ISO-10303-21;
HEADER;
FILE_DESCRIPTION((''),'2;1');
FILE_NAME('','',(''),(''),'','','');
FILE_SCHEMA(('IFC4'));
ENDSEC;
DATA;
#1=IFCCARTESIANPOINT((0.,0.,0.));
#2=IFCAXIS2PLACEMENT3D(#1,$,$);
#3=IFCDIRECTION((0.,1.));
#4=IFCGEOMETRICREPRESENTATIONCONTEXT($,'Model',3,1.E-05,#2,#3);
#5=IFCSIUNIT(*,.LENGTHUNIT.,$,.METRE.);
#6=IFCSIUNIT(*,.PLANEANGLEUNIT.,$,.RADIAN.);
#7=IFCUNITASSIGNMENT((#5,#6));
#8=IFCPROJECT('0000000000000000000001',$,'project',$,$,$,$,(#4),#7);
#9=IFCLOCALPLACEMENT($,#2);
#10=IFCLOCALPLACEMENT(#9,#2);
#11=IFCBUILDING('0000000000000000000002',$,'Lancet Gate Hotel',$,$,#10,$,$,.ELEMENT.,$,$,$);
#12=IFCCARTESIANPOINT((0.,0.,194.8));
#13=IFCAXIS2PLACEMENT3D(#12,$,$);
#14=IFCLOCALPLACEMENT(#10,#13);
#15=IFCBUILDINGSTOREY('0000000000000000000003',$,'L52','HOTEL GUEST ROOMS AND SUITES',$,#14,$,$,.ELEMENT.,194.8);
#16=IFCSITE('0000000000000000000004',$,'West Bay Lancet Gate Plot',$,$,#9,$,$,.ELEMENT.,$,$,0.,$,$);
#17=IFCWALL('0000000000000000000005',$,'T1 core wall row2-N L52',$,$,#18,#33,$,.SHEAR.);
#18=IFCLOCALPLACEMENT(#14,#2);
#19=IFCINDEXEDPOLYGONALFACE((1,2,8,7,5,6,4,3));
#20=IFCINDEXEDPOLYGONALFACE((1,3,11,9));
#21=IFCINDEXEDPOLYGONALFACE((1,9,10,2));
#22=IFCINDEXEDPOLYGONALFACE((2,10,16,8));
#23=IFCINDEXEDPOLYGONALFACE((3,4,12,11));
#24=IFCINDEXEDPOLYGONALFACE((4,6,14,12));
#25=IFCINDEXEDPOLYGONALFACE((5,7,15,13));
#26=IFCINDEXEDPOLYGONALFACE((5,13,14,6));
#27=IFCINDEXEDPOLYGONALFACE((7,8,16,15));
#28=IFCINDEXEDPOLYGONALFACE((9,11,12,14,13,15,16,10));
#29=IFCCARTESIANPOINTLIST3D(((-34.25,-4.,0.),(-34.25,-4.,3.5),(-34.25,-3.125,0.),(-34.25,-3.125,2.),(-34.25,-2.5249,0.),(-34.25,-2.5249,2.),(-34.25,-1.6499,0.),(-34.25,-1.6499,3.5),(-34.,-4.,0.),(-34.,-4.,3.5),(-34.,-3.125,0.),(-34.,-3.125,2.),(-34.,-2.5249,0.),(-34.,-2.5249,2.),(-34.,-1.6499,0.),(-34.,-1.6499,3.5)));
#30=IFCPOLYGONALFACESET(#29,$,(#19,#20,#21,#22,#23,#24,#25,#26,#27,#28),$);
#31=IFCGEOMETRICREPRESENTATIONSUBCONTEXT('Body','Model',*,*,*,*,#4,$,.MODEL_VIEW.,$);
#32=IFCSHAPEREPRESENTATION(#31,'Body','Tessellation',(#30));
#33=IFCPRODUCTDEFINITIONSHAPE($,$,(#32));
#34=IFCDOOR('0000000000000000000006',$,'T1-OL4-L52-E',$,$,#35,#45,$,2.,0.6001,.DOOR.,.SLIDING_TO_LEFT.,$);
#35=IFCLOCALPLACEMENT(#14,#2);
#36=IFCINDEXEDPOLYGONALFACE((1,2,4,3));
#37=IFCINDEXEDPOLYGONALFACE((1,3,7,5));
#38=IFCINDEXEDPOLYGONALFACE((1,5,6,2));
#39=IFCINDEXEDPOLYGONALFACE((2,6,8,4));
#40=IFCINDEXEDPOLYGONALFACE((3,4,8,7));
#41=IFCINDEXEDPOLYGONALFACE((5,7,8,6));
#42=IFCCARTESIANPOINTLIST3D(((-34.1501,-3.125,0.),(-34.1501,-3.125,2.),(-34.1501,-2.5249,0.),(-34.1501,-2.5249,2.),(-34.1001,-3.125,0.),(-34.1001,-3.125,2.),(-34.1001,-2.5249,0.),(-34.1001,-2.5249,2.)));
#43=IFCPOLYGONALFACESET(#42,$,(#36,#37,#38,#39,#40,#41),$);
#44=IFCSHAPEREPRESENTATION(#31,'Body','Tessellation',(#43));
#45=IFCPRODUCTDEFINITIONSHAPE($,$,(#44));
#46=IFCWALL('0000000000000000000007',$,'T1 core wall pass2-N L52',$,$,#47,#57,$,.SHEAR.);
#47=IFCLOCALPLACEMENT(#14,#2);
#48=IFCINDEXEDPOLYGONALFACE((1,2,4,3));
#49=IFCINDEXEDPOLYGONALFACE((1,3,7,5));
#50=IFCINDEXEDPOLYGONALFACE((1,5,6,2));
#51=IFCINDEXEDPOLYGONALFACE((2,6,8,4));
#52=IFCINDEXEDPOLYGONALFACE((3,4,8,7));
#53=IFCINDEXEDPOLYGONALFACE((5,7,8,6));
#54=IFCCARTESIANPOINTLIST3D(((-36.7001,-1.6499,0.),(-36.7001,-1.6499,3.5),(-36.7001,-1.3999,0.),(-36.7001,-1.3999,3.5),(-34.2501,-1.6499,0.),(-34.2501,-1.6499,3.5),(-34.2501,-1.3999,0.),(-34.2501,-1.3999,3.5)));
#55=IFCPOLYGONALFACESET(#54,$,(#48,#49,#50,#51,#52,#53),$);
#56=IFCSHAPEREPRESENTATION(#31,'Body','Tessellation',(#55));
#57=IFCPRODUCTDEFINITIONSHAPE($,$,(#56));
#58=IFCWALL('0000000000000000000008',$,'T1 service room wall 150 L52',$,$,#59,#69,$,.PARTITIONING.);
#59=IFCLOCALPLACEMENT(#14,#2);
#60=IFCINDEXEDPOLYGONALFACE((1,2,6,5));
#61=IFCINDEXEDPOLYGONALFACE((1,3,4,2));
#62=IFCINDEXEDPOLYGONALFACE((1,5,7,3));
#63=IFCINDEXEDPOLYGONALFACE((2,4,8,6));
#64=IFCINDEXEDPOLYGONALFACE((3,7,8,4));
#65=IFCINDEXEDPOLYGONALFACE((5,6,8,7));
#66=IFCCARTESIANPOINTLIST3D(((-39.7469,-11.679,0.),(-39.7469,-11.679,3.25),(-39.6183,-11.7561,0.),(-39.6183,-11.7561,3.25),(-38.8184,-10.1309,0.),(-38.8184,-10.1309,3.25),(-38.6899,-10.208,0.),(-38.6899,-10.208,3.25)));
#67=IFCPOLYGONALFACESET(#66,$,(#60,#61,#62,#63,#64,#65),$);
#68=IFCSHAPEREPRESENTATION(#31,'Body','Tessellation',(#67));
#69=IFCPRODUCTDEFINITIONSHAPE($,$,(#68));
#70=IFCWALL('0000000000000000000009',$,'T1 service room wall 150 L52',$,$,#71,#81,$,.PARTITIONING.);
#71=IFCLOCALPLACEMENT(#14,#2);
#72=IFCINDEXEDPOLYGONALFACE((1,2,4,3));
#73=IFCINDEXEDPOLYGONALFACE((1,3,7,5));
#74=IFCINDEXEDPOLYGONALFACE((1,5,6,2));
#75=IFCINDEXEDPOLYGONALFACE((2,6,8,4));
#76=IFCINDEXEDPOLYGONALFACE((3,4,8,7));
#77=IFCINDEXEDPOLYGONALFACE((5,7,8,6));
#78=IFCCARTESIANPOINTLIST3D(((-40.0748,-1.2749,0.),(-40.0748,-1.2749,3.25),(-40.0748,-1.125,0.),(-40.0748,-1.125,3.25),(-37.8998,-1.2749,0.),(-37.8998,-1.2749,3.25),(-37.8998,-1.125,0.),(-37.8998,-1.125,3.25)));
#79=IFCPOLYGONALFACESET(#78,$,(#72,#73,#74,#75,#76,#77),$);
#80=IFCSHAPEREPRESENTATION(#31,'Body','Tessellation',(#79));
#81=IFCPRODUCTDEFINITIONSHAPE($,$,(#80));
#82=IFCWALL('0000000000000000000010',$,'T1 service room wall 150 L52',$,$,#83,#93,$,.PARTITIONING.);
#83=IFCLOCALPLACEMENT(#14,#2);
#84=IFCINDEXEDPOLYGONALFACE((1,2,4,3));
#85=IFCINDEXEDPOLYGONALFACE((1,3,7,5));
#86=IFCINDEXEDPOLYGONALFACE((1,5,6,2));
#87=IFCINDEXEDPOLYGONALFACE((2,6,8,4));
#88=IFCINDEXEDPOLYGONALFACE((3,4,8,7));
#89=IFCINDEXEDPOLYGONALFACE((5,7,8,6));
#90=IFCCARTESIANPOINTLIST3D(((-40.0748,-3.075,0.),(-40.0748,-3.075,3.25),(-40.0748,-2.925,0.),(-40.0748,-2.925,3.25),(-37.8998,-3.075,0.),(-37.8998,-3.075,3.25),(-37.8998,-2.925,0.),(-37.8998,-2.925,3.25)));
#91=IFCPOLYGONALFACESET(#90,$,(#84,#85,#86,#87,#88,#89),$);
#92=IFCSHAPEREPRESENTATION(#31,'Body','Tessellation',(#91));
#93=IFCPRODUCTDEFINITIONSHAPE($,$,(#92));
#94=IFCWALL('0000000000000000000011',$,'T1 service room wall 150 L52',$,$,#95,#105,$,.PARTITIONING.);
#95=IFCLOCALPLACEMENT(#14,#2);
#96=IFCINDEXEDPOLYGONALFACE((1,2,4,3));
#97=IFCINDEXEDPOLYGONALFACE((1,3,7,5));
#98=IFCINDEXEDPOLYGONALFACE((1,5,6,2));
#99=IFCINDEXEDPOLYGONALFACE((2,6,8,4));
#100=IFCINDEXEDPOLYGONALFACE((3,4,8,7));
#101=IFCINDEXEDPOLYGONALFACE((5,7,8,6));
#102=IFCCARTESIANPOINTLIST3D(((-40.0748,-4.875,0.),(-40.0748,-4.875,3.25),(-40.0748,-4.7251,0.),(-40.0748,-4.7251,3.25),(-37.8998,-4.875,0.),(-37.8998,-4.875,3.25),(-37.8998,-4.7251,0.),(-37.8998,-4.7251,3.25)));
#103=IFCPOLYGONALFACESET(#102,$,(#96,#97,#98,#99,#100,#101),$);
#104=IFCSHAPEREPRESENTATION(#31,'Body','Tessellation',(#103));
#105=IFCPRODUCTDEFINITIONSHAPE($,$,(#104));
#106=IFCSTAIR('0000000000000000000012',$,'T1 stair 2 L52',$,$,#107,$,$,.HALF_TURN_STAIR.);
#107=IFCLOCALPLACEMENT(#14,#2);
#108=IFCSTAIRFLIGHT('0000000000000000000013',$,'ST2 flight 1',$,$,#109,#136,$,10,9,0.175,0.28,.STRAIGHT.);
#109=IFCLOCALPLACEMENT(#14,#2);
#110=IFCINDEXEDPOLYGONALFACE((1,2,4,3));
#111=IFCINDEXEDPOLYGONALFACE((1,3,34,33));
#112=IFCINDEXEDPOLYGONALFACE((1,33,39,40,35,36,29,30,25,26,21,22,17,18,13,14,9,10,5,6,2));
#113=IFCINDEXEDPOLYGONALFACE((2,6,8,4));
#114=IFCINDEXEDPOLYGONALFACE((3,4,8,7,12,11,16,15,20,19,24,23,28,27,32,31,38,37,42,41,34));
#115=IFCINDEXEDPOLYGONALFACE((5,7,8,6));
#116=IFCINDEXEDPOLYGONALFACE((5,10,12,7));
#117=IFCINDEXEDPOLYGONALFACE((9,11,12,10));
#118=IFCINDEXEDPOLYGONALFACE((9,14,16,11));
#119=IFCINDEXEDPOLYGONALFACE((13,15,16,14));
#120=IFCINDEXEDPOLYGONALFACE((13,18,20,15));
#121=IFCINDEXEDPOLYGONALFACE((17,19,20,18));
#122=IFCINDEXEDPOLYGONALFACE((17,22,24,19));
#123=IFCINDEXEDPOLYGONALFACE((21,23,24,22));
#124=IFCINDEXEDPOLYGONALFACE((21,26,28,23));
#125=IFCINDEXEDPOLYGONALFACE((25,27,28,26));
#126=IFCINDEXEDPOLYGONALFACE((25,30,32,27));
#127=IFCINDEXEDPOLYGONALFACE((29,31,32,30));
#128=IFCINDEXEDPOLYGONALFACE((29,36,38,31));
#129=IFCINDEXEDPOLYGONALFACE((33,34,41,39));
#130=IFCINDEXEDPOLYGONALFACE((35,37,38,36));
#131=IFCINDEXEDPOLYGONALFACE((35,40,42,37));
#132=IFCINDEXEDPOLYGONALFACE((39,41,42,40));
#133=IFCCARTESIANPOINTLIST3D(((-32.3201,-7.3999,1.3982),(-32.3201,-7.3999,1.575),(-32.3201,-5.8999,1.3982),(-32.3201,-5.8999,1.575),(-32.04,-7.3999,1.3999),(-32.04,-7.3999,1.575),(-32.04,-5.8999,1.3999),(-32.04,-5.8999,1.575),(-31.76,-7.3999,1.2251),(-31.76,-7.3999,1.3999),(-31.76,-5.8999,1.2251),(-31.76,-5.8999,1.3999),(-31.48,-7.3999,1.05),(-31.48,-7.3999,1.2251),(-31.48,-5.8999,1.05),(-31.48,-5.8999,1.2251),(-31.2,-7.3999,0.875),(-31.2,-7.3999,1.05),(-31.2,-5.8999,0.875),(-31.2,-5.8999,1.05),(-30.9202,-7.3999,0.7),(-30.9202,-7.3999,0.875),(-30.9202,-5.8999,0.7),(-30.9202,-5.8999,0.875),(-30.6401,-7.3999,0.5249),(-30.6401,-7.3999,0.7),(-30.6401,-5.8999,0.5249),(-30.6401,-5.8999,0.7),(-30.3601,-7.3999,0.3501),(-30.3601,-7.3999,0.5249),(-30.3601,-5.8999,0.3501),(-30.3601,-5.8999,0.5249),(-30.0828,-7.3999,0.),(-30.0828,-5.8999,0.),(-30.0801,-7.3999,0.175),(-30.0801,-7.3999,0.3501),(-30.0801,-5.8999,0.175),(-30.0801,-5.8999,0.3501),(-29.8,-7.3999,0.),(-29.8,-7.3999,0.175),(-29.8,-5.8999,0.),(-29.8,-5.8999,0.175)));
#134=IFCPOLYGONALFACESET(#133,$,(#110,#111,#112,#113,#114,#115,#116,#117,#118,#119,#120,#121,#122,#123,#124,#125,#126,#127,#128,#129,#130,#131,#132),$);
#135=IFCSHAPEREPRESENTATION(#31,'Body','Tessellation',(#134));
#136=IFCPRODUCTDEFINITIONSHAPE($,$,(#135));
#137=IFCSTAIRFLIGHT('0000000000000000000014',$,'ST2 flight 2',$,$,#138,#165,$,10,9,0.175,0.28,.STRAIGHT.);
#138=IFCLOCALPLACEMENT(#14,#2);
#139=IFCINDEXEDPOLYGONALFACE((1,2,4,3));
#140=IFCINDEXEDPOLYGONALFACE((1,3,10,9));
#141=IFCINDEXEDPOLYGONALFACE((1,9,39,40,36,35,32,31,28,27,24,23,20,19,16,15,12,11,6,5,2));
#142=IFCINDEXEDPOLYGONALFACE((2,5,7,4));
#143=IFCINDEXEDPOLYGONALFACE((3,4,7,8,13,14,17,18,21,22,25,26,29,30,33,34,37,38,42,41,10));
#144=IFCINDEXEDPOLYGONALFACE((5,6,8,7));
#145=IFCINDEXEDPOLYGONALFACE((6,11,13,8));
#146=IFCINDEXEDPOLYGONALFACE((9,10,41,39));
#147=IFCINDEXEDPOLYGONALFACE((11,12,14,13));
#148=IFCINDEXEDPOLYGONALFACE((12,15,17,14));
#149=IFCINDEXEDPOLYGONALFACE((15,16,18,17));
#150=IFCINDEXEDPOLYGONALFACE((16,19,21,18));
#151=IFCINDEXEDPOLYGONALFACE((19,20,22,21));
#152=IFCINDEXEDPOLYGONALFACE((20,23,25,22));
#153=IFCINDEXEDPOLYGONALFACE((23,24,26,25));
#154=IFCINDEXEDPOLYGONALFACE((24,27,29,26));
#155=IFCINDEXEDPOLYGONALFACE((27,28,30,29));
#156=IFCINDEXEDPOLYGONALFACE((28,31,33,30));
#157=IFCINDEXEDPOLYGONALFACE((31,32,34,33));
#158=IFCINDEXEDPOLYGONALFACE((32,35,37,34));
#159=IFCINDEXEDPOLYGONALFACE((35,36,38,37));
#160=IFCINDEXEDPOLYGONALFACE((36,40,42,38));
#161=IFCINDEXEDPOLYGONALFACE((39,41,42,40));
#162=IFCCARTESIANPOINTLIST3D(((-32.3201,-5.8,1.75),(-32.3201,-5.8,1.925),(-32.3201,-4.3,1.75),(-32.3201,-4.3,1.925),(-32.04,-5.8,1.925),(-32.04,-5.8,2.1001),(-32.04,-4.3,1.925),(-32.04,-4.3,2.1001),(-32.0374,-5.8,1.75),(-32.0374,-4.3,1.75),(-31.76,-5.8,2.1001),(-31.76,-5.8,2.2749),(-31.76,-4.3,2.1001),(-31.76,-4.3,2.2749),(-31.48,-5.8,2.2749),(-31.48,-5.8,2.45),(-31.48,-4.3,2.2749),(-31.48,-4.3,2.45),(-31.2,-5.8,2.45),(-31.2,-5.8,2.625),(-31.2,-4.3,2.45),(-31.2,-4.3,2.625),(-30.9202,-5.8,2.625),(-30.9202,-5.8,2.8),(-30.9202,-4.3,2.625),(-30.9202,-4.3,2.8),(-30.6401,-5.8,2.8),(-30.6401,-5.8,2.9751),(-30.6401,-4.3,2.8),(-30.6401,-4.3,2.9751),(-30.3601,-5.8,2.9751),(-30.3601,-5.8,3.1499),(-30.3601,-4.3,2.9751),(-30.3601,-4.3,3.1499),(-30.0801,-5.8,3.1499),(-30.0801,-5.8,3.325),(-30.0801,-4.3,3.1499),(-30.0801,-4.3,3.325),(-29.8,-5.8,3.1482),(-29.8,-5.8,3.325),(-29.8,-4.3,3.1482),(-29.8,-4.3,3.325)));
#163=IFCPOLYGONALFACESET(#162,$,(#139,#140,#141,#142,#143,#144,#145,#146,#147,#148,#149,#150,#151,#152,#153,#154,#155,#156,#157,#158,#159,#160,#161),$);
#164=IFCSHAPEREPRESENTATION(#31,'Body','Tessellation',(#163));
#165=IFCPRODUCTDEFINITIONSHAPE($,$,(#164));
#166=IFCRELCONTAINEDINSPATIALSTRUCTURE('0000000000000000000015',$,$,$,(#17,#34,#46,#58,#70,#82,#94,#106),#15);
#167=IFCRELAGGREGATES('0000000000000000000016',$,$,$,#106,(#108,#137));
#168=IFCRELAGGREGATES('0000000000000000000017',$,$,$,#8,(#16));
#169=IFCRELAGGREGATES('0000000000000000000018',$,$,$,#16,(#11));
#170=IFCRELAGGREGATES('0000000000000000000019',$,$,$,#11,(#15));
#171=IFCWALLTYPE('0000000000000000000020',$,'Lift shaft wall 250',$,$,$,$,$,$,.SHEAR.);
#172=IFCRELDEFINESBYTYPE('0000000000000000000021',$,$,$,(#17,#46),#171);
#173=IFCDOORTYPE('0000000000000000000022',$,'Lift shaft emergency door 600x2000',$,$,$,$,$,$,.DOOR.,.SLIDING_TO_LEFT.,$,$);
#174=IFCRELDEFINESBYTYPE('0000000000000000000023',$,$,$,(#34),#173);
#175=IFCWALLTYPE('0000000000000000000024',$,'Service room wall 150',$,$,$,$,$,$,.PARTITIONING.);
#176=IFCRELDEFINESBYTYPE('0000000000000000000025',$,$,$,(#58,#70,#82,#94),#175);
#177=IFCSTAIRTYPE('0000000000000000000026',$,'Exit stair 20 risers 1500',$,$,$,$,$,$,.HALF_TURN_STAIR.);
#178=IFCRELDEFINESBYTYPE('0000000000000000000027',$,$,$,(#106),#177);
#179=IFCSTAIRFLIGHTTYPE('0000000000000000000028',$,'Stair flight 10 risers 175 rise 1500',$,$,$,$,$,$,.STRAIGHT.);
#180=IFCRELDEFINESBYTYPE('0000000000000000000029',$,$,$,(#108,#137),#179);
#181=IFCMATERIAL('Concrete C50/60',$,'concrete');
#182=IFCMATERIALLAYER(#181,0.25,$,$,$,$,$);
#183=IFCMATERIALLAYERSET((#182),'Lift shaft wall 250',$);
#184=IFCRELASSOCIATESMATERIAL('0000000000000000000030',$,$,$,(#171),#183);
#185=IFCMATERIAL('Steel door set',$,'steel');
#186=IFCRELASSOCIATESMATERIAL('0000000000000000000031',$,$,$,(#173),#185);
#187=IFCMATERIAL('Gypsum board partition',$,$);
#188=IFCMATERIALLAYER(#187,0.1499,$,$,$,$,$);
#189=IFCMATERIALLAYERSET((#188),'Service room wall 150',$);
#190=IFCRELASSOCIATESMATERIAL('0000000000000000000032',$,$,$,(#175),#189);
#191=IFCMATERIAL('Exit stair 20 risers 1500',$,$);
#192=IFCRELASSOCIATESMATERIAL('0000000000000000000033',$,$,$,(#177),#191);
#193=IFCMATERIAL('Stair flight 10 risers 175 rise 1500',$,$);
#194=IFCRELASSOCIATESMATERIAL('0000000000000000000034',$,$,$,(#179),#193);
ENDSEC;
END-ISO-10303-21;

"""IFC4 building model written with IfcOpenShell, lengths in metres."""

from ifc_helpers import new_model, si_unit, direction, frame, frame_2d, origin, place, context, subcontext, project, spatial, polyline, rectangle, outline, extrude, material, layer, layer_set, type_object, element, fill, aggregate, save


model = new_model("IFC4")

# Units and contexts
model_context = context("Model", 3, precision=1e-05, world=origin(), true_north=direction((0.0, 1.0)))
body_context = subcontext(model_context, "Body", "Model", "MODEL_VIEW")
ifc_project = project(units=[si_unit("LENGTHUNIT", "METRE"), si_unit("PLANEANGLEUNIT", "RADIAN")], contexts=[model_context])

# Site, building, storey
site_placement = place(None, origin())
site = spatial("IfcSite", under=ifc_project, at=site_placement, Name="West Bay Lancet Gate Plot", CompositionType="ELEMENT", RefElevation=0.0)
building_placement = place(site_placement, origin())
building = spatial("IfcBuilding", under=site, at=building_placement, Name="Lancet Gate Hotel", CompositionType="ELEMENT")
storey_placement = place(building_placement, frame((0.0, 0.0, 194.8)))
storey = spatial("IfcBuildingStorey", under=building, at=storey_placement, Name="L52", Description="HOTEL GUEST ROOMS AND SUITES", CompositionType="ELEMENT", Elevation=194.8)

# Wall, opening, door
ifc_material_1 = material(Name="Concrete C50/60", Category="concrete")
ifc_layer_1 = layer(ifc_material_1, 0.25)
ifc_layer_set_1 = layer_set([ifc_layer_1], Name="Lift shaft wall 250")
wall_type_1 = type_object("IfcWallType", Name="Lift shaft wall 250", PredefinedType="SHEAR", material=ifc_layer_set_1)
wall_1_placement = place(storey_placement, frame((-34.125, -1.6499, 0.0), z_axis=(0.0, 0.0, 1.0), x_axis=(0.0, -1.0, 0.0)))
wall_1 = element("IfcWall", 1, at=wall_1_placement, inside=storey, type_object=wall_type_1, Name="T1 core wall row2-N L52", PredefinedType="SHEAR", context=body_context, shape_type="SweptSolid", body=[
    extrude(rectangle(XDim=2.3501, YDim=0.25, at=frame_2d((1.175, 0.0))), origin(), (0.0, 0.0, 1.0), 3.5),
])
opening_1_placement = place(wall_1_placement, frame((0.875, 0.0, 0.0)))
opening_1 = element("IfcOpeningElement", 2, at=opening_1_placement, cuts=wall_1, PredefinedType="OPENING", context=body_context, shape_type="SweptSolid", body=[
    extrude(rectangle(XDim=0.6001, YDim=2.0, at=frame_2d((0.3, 1.0))), frame((0.0, 0.135, 0.0), z_axis=(0.0, -1.0, 0.0), x_axis=(1.0, 0.0, 0.0)), (0.0, 0.0, 1.0), 0.27),
])
ifc_material_2 = material(Name="Steel door set", Category="steel")
door_type_1 = type_object("IfcDoorType", Name="Lift shaft emergency door 600x2000", OperationType="SLIDING_TO_LEFT", PredefinedType="DOOR", material=ifc_material_2)
door_1_placement = place(opening_1_placement, origin())
door_1 = element("IfcDoor", 3, at=door_1_placement, inside=storey, type_object=door_type_1, Name="T1-OL4-L52-E", OperationType="SLIDING_TO_LEFT", OverallHeight=2.0, OverallWidth=0.6001, PredefinedType="DOOR", context=body_context, shape_type="SweptSolid", body=[
    extrude(rectangle(XDim=0.6001, YDim=2.0, at=frame_2d((0.3, 1.0))), frame((0.0, 0.0249, 0.0), z_axis=(0.0, -1.0, 0.0), x_axis=(1.0, 0.0, 0.0)), (0.0, 0.0, 1.0), 0.05),
])
fill(opening_1, door_1)

# Walls
wall_2_placement = place(storey_placement, frame((-34.25, -1.5249, 0.0), z_axis=(0.0, 0.0, 1.0), x_axis=(-1.0, 0.0, 0.0)))
element("IfcWall", 4, at=wall_2_placement, inside=storey, type_object=wall_type_1, Name="T1 core wall pass2-N L52", PredefinedType="SHEAR", context=body_context, shape_type="SweptSolid", body=[
    extrude(rectangle(XDim=2.45, YDim=0.25, at=frame_2d((1.2251, 0.0))), origin(), (0.0, 0.0, 1.0), 3.5),
])
ifc_material_3 = material(Name="Gypsum board partition")
ifc_layer_2 = layer(ifc_material_3, 0.1499)
ifc_layer_set_2 = layer_set([ifc_layer_2], Name="Service room wall 150")
wall_type_2 = type_object("IfcWallType", Name="Service room wall 150", PredefinedType="PARTITIONING", material=ifc_layer_set_2)
wall_3_placement = place(storey_placement, frame((-39.6826, -11.7175, 0.0), z_axis=(0.0, 0.0, 1.0), x_axis=(0.514337, 0.857588, 0.0)))
element("IfcWall", 5, at=wall_3_placement, inside=storey, type_object=wall_type_2, Name="T1 service room wall 150 L52", PredefinedType="PARTITIONING", context=body_context, shape_type="SweptSolid", body=[
    extrude(rectangle(XDim=1.8052, YDim=0.1499, at=frame_2d((0.9026, 0.0))), origin(), (0.0, 0.0, 1.0), 3.25),
])
for number, where, z_axis, x_axis, name in (
    (6, (-37.8999, -1.2, 0.0), (0.0, 0.0, 1.0), (-1.0, 0.0, 0.0), "T1 service room wall 150 L52"),
    (7, (-37.8999, -3.0, 0.0), (0.0, 0.0, 1.0), (-1.0, 0.0, 0.0), "T1 service room wall 150 L52"),
    (8, (-37.8999, -4.8, 0.0), (0.0, 0.0, 1.0), (-1.0, 0.0, 0.0), "T1 service room wall 150 L52"),
):
    element("IfcWall", number, at=place(storey_placement, frame(where, z_axis=z_axis, x_axis=x_axis)), inside=storey, type_object=wall_type_2, Name=name, PredefinedType="PARTITIONING", context=body_context, shape_type="SweptSolid", body=[
        extrude(rectangle(XDim=2.175, YDim=0.1499, at=frame_2d((1.0874, 0.0))), origin(), (0.0, 0.0, 1.0), 3.25),
    ])

# Stair, stair flights
ifc_material_4 = material(Name="Exit stair 20 risers 1500")
stair_type = type_object("IfcStairType", Name="Exit stair 20 risers 1500", PredefinedType="HALF_TURN_STAIR", material=ifc_material_4)
stair_placement = place(storey_placement, origin())
stair = element("IfcStair", 9, at=stair_placement, inside=storey, type_object=stair_type, Name="T1 stair 2 L52", PredefinedType="HALF_TURN_STAIR")
ifc_material_5 = material(Name="Stair flight 10 risers 175 rise 1500")
stair_flight_type = type_object("IfcStairFlightType", Name="Stair flight 10 risers 175 rise 1500", PredefinedType="STRAIGHT", material=ifc_material_5)
stair_flight_1_placement = place(storey_placement, frame((-29.8, -6.6499, 0.0), z_axis=(0.0, 0.0, 1.0), x_axis=(-1.0, 0.0, 0.0)))
stair_flight_1 = element("IfcStairFlight", 10, at=stair_flight_1_placement, type_object=stair_flight_type, Name="ST2 flight 1", NumberOfRisers=10, NumberOfTreads=9, PredefinedType="STRAIGHT", RiserHeight=0.175, TreadLength=0.28, context=body_context, shape_type="SweptSolid", body=[
    extrude(outline(polyline([(0.0, 0.0), (0.0, 0.175), (0.28, 0.175), (0.28, 0.3501), (0.5601, 0.3501), (0.5601, 0.5249), (0.8401, 0.5249), (0.8401, 0.7), (1.1201, 0.7), (1.1201, 0.875), (1.3999, 0.875), (1.3999, 1.05), (1.6799, 1.05), (1.6799, 1.2251), (1.96, 1.2251), (1.96, 1.3999), (2.24, 1.3999), (2.24, 1.575), (2.52, 1.575), (2.52, 1.75), (2.52, 1.3982), (0.2827, 0.0), (0.0, 0.0)])), frame((0.0, 0.75, 0.0), z_axis=(0.0, -1.0, 0.0), x_axis=(1.0, 0.0, 0.0)), (0.0, 0.0, 1.0), 1.5),
])
stair_flight_2_placement = place(storey_placement, frame((-32.3201, -5.05, 1.75), z_axis=(0.0, 0.0, 1.0), x_axis=(1.0, 0.0, 0.0)))
stair_flight_2 = element("IfcStairFlight", 11, at=stair_flight_2_placement, type_object=stair_flight_type, Name="ST2 flight 2", NumberOfRisers=10, NumberOfTreads=9, PredefinedType="STRAIGHT", RiserHeight=0.175, TreadLength=0.28, context=body_context, shape_type="SweptSolid", body=[
    extrude(outline(polyline([(0.0, 0.0), (0.0, 0.175), (0.28, 0.175), (0.28, 0.3501), (0.5601, 0.3501), (0.5601, 0.5249), (0.8401, 0.5249), (0.8401, 0.7), (1.1201, 0.7), (1.1201, 0.875), (1.3999, 0.875), (1.3999, 1.05), (1.6799, 1.05), (1.6799, 1.2251), (1.96, 1.2251), (1.96, 1.3999), (2.24, 1.3999), (2.24, 1.575), (2.52, 1.575), (2.52, 1.75), (2.52, 1.3982), (0.2827, 0.0), (0.0, 0.0)])), frame((0.0, 0.75, 0.0), z_axis=(0.0, -1.0, 0.0), x_axis=(1.0, 0.0, 0.0)), (0.0, 0.0, 1.0), 1.5),
])
aggregate(stair, [stair_flight_1, stair_flight_2])

save(model, "model.ifc")
